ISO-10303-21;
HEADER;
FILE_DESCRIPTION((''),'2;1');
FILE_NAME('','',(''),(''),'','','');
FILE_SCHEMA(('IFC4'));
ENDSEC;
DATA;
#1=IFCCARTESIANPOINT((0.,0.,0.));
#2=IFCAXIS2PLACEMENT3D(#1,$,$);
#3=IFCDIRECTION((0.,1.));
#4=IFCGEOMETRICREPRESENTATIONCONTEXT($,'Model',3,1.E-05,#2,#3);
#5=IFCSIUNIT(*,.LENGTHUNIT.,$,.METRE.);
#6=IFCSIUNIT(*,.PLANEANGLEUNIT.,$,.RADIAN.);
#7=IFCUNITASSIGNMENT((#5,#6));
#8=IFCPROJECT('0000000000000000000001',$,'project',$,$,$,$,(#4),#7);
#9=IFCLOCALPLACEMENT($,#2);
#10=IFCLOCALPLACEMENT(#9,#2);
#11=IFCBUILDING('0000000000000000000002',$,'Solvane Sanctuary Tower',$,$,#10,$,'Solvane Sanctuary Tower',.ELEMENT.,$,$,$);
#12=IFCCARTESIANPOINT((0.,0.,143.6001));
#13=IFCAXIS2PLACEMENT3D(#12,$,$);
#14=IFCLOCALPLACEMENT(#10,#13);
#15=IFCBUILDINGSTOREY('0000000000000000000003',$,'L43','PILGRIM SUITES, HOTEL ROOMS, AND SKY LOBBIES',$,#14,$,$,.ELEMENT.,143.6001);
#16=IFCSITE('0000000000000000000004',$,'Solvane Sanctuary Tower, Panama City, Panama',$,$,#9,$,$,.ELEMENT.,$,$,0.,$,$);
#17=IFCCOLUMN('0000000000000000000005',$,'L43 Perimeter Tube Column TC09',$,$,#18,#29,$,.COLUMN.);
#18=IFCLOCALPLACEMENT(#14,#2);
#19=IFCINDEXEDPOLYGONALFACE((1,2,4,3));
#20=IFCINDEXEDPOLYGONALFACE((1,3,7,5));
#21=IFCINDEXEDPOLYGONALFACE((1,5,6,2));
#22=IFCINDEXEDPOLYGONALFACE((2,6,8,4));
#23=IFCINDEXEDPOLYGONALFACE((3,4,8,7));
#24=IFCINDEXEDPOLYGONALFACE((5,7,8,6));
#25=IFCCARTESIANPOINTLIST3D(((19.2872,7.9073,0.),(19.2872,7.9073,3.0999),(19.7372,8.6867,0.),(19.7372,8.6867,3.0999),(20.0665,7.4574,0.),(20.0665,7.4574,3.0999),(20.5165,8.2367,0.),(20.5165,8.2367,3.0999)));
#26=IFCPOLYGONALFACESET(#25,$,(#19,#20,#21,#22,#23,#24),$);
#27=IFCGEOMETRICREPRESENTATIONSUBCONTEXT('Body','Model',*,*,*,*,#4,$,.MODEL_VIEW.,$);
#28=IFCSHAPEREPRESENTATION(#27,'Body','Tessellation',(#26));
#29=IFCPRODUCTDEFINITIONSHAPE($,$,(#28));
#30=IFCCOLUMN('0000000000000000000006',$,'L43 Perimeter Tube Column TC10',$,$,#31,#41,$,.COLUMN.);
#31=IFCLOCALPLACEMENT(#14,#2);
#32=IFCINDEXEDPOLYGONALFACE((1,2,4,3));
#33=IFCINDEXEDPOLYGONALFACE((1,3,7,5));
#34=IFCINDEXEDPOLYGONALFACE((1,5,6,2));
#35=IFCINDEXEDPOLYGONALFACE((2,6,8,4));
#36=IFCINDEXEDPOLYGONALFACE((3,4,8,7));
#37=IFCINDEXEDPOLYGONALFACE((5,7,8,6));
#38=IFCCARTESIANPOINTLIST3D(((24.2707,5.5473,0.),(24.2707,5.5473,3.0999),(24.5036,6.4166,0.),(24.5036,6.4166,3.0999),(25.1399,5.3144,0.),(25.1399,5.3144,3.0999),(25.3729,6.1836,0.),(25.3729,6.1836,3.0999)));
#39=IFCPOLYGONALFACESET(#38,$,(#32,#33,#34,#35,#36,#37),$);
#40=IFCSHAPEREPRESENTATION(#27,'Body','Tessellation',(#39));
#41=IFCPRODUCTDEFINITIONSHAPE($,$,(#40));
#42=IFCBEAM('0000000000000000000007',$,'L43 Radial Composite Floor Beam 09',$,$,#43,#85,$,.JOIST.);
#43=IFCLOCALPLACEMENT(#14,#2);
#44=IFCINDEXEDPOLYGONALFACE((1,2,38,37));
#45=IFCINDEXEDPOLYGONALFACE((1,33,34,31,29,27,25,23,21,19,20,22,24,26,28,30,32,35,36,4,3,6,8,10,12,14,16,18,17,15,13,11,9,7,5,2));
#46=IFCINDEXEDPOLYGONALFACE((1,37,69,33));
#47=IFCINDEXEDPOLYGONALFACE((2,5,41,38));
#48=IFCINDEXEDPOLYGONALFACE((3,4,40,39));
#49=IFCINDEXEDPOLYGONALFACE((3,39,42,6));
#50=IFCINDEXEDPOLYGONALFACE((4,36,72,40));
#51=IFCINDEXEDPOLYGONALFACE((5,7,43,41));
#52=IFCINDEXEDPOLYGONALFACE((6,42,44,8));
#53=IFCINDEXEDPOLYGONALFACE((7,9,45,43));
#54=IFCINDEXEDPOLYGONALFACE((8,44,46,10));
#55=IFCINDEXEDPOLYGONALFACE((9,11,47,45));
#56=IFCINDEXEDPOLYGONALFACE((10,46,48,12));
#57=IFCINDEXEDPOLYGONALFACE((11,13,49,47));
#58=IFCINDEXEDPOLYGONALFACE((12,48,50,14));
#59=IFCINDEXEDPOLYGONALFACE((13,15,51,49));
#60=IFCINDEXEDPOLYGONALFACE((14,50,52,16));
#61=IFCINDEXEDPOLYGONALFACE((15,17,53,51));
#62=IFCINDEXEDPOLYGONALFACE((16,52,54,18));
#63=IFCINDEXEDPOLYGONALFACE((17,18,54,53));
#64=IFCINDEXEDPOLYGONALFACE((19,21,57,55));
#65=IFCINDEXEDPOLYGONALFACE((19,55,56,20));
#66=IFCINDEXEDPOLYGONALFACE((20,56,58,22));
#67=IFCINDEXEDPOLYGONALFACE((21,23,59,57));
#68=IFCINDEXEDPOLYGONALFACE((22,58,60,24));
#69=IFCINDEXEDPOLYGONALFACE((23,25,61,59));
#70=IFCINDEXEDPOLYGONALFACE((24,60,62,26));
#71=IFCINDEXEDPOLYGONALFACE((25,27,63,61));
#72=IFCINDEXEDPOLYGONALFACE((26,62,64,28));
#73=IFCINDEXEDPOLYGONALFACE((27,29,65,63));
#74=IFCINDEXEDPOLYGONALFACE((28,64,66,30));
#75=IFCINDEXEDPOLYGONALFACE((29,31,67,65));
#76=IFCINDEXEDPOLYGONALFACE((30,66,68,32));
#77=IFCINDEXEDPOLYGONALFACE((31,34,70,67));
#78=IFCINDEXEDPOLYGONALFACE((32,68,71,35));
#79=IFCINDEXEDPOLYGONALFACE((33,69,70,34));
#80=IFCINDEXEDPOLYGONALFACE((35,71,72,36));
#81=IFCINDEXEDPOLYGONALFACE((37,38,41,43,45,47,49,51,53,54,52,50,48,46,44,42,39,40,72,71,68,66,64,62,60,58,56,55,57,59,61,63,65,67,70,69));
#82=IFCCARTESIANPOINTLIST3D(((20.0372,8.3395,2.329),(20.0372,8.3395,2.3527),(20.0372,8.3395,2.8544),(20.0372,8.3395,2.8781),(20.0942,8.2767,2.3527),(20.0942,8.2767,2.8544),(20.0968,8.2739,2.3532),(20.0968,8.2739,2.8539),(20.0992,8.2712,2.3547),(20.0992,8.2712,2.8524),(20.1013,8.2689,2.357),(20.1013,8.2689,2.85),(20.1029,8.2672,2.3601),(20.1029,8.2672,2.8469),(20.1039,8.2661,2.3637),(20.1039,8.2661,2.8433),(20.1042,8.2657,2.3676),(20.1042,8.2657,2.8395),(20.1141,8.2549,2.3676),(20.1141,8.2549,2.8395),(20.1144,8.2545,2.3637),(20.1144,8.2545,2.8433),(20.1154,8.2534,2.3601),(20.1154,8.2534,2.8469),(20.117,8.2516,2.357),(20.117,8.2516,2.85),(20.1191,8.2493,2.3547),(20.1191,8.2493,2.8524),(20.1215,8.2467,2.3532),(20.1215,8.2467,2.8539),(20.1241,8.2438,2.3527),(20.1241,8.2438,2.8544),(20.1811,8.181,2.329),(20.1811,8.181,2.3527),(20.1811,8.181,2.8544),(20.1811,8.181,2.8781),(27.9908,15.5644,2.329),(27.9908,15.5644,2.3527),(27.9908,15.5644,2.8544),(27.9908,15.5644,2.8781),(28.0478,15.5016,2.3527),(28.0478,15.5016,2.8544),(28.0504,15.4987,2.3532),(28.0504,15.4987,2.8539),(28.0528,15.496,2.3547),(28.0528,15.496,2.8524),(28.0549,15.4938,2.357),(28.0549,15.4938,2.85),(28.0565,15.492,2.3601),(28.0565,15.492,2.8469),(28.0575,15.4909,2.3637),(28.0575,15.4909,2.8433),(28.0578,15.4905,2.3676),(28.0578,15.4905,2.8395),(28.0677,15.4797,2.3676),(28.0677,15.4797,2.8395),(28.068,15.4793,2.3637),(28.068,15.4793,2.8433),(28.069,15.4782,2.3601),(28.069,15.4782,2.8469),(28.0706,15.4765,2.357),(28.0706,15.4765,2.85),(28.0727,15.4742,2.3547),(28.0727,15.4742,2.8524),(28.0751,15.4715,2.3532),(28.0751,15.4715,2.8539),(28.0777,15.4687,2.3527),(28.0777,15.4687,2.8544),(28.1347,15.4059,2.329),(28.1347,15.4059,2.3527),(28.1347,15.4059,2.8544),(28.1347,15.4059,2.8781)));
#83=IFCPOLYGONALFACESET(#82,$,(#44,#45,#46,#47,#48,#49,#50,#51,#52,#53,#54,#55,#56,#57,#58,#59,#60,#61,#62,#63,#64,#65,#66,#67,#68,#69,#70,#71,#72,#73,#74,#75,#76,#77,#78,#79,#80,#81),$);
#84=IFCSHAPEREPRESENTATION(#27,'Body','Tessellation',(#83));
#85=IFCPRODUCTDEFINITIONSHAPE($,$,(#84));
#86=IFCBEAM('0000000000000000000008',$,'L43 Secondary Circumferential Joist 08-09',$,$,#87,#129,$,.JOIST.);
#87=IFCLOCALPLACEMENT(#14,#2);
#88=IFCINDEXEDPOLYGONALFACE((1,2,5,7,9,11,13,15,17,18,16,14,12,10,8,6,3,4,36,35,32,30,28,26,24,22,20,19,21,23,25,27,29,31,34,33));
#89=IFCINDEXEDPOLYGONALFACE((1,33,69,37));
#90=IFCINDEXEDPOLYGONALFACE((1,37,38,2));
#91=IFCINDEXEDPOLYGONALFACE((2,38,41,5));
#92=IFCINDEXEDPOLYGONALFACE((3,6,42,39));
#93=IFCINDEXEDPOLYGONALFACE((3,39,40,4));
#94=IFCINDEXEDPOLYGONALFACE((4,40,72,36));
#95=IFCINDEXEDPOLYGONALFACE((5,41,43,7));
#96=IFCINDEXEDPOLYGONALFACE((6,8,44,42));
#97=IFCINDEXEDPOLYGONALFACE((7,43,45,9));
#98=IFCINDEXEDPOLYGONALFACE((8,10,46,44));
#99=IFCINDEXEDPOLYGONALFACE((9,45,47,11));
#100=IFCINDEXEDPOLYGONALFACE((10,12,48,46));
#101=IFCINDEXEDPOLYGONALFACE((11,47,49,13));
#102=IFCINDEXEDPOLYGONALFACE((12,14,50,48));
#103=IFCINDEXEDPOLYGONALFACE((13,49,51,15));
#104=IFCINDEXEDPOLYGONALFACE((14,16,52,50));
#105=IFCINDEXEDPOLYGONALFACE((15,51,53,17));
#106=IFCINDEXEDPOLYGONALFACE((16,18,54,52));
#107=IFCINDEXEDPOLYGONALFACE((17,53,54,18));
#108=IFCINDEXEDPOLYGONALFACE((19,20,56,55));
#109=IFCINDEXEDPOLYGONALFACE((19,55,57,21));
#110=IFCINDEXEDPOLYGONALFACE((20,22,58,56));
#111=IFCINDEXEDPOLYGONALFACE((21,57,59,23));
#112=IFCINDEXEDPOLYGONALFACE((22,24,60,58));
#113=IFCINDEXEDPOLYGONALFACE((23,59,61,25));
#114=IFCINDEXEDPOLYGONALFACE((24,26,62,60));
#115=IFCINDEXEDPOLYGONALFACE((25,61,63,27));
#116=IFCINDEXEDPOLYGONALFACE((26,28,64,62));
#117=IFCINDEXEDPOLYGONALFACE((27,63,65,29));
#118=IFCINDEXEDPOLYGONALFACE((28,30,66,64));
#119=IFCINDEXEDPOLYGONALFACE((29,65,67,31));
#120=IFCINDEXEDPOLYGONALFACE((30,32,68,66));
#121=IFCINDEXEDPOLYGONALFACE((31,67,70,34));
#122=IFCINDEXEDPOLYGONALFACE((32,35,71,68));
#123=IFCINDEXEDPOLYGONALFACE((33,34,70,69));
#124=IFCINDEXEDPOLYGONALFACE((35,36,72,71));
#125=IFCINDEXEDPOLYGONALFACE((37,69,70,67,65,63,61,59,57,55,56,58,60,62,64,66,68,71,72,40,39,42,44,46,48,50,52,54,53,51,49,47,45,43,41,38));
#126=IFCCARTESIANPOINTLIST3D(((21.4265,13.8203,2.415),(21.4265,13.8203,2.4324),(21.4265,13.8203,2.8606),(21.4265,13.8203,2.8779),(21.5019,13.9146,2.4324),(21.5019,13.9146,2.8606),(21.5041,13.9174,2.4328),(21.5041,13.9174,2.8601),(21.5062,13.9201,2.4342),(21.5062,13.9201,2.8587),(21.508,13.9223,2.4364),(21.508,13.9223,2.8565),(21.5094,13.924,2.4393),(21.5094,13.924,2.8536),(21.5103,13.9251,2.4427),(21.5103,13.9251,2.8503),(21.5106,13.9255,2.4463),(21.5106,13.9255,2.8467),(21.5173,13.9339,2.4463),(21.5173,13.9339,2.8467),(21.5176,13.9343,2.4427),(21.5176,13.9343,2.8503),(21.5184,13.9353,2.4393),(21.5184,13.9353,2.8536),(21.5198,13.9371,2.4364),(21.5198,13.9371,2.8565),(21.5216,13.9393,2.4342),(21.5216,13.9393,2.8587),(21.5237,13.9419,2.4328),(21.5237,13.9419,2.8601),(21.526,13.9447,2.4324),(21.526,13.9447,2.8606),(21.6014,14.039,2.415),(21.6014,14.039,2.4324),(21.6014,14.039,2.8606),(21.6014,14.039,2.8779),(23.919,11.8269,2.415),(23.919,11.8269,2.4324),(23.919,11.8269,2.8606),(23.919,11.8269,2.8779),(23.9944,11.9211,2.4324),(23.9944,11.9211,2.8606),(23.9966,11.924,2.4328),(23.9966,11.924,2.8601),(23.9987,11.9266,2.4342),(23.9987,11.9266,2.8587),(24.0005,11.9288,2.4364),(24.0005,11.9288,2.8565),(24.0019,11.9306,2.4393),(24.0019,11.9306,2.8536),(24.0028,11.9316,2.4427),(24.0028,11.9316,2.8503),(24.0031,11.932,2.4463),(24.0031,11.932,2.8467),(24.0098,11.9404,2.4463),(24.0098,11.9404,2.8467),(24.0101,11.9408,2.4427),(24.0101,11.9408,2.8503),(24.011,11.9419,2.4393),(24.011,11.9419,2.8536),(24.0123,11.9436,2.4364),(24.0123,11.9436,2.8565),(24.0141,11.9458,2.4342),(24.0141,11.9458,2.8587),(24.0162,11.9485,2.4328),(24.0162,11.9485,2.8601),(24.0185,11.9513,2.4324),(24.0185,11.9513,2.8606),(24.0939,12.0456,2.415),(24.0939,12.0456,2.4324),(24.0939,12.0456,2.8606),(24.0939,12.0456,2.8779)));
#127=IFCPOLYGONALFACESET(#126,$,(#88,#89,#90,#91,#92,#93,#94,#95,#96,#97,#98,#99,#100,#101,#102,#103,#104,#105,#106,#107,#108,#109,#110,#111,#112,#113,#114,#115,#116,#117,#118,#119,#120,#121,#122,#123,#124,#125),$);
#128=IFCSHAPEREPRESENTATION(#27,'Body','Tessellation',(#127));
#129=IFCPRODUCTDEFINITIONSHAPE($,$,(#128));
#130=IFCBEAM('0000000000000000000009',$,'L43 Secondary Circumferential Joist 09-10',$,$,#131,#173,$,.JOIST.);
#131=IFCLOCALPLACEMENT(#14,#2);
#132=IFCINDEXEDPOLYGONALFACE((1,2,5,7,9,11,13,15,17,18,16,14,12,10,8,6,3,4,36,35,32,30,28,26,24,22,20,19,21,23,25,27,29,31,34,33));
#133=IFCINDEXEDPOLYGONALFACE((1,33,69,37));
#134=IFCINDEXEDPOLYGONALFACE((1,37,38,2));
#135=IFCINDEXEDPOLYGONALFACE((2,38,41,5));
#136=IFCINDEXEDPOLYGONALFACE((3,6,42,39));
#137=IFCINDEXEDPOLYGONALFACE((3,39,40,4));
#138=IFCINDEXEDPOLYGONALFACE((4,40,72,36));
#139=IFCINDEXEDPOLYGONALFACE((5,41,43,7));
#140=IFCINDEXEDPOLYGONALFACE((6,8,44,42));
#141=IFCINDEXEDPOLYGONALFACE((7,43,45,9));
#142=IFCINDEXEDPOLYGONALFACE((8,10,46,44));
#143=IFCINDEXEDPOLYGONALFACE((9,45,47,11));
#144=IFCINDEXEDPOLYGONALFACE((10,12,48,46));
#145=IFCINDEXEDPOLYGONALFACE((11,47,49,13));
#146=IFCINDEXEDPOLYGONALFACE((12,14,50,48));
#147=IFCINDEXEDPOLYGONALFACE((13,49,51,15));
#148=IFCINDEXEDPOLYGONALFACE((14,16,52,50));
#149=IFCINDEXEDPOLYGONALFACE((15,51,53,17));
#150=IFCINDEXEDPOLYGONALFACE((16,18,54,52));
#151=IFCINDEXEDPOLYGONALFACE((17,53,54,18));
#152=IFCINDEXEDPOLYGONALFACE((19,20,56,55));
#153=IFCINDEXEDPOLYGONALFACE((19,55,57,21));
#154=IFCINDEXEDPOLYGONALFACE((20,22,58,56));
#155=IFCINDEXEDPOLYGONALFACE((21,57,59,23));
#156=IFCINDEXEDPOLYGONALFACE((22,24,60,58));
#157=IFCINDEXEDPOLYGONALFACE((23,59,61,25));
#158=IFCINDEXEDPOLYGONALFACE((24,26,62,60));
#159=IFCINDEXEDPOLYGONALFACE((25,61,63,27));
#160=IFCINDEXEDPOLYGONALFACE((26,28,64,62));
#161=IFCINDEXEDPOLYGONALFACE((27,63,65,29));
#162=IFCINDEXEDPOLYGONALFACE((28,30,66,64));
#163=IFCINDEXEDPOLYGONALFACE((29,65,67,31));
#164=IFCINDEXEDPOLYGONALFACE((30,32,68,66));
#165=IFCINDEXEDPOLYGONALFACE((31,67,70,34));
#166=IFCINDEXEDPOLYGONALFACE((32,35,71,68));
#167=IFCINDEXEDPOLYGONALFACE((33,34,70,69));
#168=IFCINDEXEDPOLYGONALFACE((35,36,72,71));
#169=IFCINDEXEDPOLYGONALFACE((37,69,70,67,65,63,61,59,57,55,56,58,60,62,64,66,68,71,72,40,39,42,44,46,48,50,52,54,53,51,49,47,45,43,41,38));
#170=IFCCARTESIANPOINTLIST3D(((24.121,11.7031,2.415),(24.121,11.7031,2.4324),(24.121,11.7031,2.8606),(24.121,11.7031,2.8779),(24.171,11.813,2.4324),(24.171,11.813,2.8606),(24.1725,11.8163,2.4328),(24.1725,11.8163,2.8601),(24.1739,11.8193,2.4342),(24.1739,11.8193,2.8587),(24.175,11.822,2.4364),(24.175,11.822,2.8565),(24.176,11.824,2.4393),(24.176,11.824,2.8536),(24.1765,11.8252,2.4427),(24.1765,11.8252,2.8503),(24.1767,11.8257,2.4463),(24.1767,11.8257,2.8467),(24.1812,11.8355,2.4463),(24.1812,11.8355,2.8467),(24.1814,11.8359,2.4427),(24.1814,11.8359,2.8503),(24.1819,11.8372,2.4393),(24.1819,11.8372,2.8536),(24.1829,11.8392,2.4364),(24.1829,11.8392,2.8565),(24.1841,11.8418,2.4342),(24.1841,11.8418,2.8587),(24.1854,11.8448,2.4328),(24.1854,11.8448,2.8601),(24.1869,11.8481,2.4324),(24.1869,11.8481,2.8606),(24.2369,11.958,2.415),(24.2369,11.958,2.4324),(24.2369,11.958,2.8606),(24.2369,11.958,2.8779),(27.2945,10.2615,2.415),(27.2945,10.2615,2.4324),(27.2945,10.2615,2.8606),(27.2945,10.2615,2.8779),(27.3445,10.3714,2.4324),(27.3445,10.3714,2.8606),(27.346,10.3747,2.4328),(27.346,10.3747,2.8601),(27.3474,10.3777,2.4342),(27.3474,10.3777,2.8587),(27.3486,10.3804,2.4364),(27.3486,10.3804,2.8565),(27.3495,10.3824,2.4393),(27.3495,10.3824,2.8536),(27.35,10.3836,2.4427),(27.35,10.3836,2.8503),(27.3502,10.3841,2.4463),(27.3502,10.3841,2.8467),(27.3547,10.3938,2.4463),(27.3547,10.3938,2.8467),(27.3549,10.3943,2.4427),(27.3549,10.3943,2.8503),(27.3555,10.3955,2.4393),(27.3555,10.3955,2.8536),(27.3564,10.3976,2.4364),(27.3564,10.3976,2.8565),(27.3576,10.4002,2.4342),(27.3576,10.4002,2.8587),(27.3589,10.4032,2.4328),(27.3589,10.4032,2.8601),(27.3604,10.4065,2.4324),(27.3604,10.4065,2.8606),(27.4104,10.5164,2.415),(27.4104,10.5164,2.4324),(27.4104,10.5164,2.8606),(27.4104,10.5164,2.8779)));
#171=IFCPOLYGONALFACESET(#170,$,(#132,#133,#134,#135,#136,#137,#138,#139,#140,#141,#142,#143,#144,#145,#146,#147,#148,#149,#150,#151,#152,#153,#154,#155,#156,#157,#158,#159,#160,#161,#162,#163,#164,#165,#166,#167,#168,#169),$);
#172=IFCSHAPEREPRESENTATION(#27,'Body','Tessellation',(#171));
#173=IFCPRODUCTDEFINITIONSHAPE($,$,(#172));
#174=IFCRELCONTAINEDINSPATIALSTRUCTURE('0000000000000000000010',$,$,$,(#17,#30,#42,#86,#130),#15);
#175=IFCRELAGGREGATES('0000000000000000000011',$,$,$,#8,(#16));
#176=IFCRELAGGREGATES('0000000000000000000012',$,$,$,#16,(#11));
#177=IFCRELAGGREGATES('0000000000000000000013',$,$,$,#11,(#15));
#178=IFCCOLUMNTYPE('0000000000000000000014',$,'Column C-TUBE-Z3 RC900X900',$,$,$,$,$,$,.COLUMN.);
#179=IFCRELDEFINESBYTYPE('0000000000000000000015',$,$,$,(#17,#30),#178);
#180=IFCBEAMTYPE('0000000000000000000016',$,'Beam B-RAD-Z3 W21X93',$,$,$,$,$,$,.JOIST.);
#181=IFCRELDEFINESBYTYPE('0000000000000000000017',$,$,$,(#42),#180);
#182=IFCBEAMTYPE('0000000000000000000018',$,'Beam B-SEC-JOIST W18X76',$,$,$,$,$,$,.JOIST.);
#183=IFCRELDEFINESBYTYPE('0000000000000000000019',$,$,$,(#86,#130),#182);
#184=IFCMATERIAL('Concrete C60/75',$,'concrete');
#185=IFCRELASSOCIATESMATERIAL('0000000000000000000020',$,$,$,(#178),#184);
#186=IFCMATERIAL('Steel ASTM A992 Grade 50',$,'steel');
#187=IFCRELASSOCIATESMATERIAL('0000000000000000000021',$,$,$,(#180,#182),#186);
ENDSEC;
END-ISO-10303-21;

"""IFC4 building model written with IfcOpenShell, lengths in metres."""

from ifc_helpers import new_model, si_unit, direction, frame, origin, origin_2d, place, context, subcontext, project, spatial, rectangle, i_section, extrude, material, material_profile, profile_set, type_object, element, save


model = new_model("IFC4")

# Units and contexts
model_context = context("Model", 3, precision=1e-05, world=origin(), true_north=direction((0.0, 1.0)))
body_context = subcontext(model_context, "Body", "Model", "MODEL_VIEW")
ifc_project = project(units=[si_unit("LENGTHUNIT", "METRE"), si_unit("PLANEANGLEUNIT", "RADIAN")], contexts=[model_context])

# Site, building, storey
site_placement = place(None, origin())
site = spatial("IfcSite", under=ifc_project, at=site_placement, Name="Solvane Sanctuary Tower, Panama City, Panama", CompositionType="ELEMENT", RefElevation=0.0)
building_placement = place(site_placement, origin())
building = spatial("IfcBuilding", under=site, at=building_placement, Name="Solvane Sanctuary Tower", LongName="Solvane Sanctuary Tower", CompositionType="ELEMENT")
storey_placement = place(building_placement, frame((0.0, 0.0, 143.6001)))
storey = spatial("IfcBuildingStorey", under=building, at=storey_placement, Name="L43", Description="PILGRIM SUITES, HOTEL ROOMS, AND SKY LOBBIES", CompositionType="ELEMENT", Elevation=143.6001)

# Columns
ifc_material_1 = material(Name="Concrete C60/75", Category="concrete")
ifc_material_profile_1 = material_profile(ifc_material_1, rectangle(XDim=0.8999, YDim=0.8999, at=origin_2d()), Name="RC900X900")
ifc_profile_set_1 = profile_set([ifc_material_profile_1], Name="Concrete C60/75")
column_type = type_object("IfcColumnType", Name="Column C-TUBE-Z3 RC900X900", PredefinedType="COLUMN", material=ifc_profile_set_1)
for number, where, z_axis, x_axis, name in (
    (1, (19.9019, 8.072, 0.0), (0.0, 0.0, 1.0), (-0.5, -0.866025, 0.0), "L43 Perimeter Tube Column TC09"),
    (2, (24.8218, 5.8655, 0.0), (0.0, 0.0, 1.0), (-0.258819, -0.965926, 0.0), "L43 Perimeter Tube Column TC10"),
):
    element("IfcColumn", number, at=place(storey_placement, frame(where, z_axis=z_axis, x_axis=x_axis)), inside=storey, type_object=column_type, Name=name, PredefinedType="COLUMN", context=body_context, shape_type="SweptSolid", body=[
        extrude(rectangle(XDim=0.8999, YDim=0.8999, at=origin_2d()), origin(), (0.0, 0.0, 1.0), 3.0999),
    ])

# Beams
ifc_material_2 = material(Name="Steel ASTM A992 Grade 50", Category="steel")
ifc_material_profile_2 = material_profile(ifc_material_2, i_section(OverallWidth=0.2141, OverallDepth=0.5491, WebThickness=0.0146, FlangeThickness=0.0237, FilletRadius=0.0149, at=origin_2d()), Name="W21X93")
ifc_profile_set_2 = profile_set([ifc_material_profile_2], Name="Steel ASTM A992 Grade 50")
beam_type_1 = type_object("IfcBeamType", Name="Beam B-RAD-Z3 W21X93", PredefinedType="JOIST", material=ifc_profile_set_2)
beam_1_placement = place(storey_placement, frame((28.0627, 15.4851, 2.6035), z_axis=(-0.740204, -0.672382, 0.0), x_axis=(0.672382, -0.740204, 0.0)))
element("IfcBeam", 3, at=beam_1_placement, inside=storey, type_object=beam_type_1, Name="L43 Radial Composite Floor Beam 09", PredefinedType="JOIST", context=body_context, shape_type="SweptSolid", body=[
    extrude(i_section(OverallWidth=0.2141, OverallDepth=0.5491, WebThickness=0.0146, FlangeThickness=0.0237, FilletRadius=0.0149, at=origin_2d()), origin(), (0.0, 0.0, 1.0), 10.7451),
])
ifc_material_profile_3 = material_profile(ifc_material_2, i_section(OverallWidth=0.28, OverallDepth=0.4629, WebThickness=0.0107, FlangeThickness=0.0173, FilletRadius=0.0139, at=origin_2d()), Name="W18X76")
ifc_profile_set_3 = profile_set([ifc_material_profile_3], Name="Steel ASTM A992 Grade 50")
beam_type_2 = type_object("IfcBeamType", Name="Beam B-SEC-JOIST W18X76", PredefinedType="JOIST", material=ifc_profile_set_3)
beam_2_placement = place(storey_placement, frame((21.5139, 13.9297, 2.6465), z_axis=(0.780951, -0.624592, 0.0), x_axis=(0.624592, 0.780951, 0.0)))
element("IfcBeam", 4, at=beam_2_placement, inside=storey, type_object=beam_type_2, Name="L43 Secondary Circumferential Joist 08-09", PredefinedType="JOIST", context=body_context, shape_type="SweptSolid", body=[
    extrude(i_section(OverallWidth=0.28, OverallDepth=0.4629, WebThickness=0.0107, FlangeThickness=0.0173, FilletRadius=0.0139, at=origin_2d()), origin(), (0.0, 0.0, 1.0), 3.1917),
])
beam_3_placement = place(storey_placement, frame((24.179, 11.8306, 2.6465), z_axis=(0.910462, -0.413592, 0.0), x_axis=(0.413592, 0.910462, 0.0)))
element("IfcBeam", 5, at=beam_3_placement, inside=storey, type_object=beam_type_2, Name="L43 Secondary Circumferential Joist 09-10", PredefinedType="JOIST", context=body_context, shape_type="SweptSolid", body=[
    extrude(i_section(OverallWidth=0.28, OverallDepth=0.4629, WebThickness=0.0107, FlangeThickness=0.0173, FilletRadius=0.0139, at=origin_2d()), origin(), (0.0, 0.0, 1.0), 3.4856),
])

save(model, "model.ifc")
